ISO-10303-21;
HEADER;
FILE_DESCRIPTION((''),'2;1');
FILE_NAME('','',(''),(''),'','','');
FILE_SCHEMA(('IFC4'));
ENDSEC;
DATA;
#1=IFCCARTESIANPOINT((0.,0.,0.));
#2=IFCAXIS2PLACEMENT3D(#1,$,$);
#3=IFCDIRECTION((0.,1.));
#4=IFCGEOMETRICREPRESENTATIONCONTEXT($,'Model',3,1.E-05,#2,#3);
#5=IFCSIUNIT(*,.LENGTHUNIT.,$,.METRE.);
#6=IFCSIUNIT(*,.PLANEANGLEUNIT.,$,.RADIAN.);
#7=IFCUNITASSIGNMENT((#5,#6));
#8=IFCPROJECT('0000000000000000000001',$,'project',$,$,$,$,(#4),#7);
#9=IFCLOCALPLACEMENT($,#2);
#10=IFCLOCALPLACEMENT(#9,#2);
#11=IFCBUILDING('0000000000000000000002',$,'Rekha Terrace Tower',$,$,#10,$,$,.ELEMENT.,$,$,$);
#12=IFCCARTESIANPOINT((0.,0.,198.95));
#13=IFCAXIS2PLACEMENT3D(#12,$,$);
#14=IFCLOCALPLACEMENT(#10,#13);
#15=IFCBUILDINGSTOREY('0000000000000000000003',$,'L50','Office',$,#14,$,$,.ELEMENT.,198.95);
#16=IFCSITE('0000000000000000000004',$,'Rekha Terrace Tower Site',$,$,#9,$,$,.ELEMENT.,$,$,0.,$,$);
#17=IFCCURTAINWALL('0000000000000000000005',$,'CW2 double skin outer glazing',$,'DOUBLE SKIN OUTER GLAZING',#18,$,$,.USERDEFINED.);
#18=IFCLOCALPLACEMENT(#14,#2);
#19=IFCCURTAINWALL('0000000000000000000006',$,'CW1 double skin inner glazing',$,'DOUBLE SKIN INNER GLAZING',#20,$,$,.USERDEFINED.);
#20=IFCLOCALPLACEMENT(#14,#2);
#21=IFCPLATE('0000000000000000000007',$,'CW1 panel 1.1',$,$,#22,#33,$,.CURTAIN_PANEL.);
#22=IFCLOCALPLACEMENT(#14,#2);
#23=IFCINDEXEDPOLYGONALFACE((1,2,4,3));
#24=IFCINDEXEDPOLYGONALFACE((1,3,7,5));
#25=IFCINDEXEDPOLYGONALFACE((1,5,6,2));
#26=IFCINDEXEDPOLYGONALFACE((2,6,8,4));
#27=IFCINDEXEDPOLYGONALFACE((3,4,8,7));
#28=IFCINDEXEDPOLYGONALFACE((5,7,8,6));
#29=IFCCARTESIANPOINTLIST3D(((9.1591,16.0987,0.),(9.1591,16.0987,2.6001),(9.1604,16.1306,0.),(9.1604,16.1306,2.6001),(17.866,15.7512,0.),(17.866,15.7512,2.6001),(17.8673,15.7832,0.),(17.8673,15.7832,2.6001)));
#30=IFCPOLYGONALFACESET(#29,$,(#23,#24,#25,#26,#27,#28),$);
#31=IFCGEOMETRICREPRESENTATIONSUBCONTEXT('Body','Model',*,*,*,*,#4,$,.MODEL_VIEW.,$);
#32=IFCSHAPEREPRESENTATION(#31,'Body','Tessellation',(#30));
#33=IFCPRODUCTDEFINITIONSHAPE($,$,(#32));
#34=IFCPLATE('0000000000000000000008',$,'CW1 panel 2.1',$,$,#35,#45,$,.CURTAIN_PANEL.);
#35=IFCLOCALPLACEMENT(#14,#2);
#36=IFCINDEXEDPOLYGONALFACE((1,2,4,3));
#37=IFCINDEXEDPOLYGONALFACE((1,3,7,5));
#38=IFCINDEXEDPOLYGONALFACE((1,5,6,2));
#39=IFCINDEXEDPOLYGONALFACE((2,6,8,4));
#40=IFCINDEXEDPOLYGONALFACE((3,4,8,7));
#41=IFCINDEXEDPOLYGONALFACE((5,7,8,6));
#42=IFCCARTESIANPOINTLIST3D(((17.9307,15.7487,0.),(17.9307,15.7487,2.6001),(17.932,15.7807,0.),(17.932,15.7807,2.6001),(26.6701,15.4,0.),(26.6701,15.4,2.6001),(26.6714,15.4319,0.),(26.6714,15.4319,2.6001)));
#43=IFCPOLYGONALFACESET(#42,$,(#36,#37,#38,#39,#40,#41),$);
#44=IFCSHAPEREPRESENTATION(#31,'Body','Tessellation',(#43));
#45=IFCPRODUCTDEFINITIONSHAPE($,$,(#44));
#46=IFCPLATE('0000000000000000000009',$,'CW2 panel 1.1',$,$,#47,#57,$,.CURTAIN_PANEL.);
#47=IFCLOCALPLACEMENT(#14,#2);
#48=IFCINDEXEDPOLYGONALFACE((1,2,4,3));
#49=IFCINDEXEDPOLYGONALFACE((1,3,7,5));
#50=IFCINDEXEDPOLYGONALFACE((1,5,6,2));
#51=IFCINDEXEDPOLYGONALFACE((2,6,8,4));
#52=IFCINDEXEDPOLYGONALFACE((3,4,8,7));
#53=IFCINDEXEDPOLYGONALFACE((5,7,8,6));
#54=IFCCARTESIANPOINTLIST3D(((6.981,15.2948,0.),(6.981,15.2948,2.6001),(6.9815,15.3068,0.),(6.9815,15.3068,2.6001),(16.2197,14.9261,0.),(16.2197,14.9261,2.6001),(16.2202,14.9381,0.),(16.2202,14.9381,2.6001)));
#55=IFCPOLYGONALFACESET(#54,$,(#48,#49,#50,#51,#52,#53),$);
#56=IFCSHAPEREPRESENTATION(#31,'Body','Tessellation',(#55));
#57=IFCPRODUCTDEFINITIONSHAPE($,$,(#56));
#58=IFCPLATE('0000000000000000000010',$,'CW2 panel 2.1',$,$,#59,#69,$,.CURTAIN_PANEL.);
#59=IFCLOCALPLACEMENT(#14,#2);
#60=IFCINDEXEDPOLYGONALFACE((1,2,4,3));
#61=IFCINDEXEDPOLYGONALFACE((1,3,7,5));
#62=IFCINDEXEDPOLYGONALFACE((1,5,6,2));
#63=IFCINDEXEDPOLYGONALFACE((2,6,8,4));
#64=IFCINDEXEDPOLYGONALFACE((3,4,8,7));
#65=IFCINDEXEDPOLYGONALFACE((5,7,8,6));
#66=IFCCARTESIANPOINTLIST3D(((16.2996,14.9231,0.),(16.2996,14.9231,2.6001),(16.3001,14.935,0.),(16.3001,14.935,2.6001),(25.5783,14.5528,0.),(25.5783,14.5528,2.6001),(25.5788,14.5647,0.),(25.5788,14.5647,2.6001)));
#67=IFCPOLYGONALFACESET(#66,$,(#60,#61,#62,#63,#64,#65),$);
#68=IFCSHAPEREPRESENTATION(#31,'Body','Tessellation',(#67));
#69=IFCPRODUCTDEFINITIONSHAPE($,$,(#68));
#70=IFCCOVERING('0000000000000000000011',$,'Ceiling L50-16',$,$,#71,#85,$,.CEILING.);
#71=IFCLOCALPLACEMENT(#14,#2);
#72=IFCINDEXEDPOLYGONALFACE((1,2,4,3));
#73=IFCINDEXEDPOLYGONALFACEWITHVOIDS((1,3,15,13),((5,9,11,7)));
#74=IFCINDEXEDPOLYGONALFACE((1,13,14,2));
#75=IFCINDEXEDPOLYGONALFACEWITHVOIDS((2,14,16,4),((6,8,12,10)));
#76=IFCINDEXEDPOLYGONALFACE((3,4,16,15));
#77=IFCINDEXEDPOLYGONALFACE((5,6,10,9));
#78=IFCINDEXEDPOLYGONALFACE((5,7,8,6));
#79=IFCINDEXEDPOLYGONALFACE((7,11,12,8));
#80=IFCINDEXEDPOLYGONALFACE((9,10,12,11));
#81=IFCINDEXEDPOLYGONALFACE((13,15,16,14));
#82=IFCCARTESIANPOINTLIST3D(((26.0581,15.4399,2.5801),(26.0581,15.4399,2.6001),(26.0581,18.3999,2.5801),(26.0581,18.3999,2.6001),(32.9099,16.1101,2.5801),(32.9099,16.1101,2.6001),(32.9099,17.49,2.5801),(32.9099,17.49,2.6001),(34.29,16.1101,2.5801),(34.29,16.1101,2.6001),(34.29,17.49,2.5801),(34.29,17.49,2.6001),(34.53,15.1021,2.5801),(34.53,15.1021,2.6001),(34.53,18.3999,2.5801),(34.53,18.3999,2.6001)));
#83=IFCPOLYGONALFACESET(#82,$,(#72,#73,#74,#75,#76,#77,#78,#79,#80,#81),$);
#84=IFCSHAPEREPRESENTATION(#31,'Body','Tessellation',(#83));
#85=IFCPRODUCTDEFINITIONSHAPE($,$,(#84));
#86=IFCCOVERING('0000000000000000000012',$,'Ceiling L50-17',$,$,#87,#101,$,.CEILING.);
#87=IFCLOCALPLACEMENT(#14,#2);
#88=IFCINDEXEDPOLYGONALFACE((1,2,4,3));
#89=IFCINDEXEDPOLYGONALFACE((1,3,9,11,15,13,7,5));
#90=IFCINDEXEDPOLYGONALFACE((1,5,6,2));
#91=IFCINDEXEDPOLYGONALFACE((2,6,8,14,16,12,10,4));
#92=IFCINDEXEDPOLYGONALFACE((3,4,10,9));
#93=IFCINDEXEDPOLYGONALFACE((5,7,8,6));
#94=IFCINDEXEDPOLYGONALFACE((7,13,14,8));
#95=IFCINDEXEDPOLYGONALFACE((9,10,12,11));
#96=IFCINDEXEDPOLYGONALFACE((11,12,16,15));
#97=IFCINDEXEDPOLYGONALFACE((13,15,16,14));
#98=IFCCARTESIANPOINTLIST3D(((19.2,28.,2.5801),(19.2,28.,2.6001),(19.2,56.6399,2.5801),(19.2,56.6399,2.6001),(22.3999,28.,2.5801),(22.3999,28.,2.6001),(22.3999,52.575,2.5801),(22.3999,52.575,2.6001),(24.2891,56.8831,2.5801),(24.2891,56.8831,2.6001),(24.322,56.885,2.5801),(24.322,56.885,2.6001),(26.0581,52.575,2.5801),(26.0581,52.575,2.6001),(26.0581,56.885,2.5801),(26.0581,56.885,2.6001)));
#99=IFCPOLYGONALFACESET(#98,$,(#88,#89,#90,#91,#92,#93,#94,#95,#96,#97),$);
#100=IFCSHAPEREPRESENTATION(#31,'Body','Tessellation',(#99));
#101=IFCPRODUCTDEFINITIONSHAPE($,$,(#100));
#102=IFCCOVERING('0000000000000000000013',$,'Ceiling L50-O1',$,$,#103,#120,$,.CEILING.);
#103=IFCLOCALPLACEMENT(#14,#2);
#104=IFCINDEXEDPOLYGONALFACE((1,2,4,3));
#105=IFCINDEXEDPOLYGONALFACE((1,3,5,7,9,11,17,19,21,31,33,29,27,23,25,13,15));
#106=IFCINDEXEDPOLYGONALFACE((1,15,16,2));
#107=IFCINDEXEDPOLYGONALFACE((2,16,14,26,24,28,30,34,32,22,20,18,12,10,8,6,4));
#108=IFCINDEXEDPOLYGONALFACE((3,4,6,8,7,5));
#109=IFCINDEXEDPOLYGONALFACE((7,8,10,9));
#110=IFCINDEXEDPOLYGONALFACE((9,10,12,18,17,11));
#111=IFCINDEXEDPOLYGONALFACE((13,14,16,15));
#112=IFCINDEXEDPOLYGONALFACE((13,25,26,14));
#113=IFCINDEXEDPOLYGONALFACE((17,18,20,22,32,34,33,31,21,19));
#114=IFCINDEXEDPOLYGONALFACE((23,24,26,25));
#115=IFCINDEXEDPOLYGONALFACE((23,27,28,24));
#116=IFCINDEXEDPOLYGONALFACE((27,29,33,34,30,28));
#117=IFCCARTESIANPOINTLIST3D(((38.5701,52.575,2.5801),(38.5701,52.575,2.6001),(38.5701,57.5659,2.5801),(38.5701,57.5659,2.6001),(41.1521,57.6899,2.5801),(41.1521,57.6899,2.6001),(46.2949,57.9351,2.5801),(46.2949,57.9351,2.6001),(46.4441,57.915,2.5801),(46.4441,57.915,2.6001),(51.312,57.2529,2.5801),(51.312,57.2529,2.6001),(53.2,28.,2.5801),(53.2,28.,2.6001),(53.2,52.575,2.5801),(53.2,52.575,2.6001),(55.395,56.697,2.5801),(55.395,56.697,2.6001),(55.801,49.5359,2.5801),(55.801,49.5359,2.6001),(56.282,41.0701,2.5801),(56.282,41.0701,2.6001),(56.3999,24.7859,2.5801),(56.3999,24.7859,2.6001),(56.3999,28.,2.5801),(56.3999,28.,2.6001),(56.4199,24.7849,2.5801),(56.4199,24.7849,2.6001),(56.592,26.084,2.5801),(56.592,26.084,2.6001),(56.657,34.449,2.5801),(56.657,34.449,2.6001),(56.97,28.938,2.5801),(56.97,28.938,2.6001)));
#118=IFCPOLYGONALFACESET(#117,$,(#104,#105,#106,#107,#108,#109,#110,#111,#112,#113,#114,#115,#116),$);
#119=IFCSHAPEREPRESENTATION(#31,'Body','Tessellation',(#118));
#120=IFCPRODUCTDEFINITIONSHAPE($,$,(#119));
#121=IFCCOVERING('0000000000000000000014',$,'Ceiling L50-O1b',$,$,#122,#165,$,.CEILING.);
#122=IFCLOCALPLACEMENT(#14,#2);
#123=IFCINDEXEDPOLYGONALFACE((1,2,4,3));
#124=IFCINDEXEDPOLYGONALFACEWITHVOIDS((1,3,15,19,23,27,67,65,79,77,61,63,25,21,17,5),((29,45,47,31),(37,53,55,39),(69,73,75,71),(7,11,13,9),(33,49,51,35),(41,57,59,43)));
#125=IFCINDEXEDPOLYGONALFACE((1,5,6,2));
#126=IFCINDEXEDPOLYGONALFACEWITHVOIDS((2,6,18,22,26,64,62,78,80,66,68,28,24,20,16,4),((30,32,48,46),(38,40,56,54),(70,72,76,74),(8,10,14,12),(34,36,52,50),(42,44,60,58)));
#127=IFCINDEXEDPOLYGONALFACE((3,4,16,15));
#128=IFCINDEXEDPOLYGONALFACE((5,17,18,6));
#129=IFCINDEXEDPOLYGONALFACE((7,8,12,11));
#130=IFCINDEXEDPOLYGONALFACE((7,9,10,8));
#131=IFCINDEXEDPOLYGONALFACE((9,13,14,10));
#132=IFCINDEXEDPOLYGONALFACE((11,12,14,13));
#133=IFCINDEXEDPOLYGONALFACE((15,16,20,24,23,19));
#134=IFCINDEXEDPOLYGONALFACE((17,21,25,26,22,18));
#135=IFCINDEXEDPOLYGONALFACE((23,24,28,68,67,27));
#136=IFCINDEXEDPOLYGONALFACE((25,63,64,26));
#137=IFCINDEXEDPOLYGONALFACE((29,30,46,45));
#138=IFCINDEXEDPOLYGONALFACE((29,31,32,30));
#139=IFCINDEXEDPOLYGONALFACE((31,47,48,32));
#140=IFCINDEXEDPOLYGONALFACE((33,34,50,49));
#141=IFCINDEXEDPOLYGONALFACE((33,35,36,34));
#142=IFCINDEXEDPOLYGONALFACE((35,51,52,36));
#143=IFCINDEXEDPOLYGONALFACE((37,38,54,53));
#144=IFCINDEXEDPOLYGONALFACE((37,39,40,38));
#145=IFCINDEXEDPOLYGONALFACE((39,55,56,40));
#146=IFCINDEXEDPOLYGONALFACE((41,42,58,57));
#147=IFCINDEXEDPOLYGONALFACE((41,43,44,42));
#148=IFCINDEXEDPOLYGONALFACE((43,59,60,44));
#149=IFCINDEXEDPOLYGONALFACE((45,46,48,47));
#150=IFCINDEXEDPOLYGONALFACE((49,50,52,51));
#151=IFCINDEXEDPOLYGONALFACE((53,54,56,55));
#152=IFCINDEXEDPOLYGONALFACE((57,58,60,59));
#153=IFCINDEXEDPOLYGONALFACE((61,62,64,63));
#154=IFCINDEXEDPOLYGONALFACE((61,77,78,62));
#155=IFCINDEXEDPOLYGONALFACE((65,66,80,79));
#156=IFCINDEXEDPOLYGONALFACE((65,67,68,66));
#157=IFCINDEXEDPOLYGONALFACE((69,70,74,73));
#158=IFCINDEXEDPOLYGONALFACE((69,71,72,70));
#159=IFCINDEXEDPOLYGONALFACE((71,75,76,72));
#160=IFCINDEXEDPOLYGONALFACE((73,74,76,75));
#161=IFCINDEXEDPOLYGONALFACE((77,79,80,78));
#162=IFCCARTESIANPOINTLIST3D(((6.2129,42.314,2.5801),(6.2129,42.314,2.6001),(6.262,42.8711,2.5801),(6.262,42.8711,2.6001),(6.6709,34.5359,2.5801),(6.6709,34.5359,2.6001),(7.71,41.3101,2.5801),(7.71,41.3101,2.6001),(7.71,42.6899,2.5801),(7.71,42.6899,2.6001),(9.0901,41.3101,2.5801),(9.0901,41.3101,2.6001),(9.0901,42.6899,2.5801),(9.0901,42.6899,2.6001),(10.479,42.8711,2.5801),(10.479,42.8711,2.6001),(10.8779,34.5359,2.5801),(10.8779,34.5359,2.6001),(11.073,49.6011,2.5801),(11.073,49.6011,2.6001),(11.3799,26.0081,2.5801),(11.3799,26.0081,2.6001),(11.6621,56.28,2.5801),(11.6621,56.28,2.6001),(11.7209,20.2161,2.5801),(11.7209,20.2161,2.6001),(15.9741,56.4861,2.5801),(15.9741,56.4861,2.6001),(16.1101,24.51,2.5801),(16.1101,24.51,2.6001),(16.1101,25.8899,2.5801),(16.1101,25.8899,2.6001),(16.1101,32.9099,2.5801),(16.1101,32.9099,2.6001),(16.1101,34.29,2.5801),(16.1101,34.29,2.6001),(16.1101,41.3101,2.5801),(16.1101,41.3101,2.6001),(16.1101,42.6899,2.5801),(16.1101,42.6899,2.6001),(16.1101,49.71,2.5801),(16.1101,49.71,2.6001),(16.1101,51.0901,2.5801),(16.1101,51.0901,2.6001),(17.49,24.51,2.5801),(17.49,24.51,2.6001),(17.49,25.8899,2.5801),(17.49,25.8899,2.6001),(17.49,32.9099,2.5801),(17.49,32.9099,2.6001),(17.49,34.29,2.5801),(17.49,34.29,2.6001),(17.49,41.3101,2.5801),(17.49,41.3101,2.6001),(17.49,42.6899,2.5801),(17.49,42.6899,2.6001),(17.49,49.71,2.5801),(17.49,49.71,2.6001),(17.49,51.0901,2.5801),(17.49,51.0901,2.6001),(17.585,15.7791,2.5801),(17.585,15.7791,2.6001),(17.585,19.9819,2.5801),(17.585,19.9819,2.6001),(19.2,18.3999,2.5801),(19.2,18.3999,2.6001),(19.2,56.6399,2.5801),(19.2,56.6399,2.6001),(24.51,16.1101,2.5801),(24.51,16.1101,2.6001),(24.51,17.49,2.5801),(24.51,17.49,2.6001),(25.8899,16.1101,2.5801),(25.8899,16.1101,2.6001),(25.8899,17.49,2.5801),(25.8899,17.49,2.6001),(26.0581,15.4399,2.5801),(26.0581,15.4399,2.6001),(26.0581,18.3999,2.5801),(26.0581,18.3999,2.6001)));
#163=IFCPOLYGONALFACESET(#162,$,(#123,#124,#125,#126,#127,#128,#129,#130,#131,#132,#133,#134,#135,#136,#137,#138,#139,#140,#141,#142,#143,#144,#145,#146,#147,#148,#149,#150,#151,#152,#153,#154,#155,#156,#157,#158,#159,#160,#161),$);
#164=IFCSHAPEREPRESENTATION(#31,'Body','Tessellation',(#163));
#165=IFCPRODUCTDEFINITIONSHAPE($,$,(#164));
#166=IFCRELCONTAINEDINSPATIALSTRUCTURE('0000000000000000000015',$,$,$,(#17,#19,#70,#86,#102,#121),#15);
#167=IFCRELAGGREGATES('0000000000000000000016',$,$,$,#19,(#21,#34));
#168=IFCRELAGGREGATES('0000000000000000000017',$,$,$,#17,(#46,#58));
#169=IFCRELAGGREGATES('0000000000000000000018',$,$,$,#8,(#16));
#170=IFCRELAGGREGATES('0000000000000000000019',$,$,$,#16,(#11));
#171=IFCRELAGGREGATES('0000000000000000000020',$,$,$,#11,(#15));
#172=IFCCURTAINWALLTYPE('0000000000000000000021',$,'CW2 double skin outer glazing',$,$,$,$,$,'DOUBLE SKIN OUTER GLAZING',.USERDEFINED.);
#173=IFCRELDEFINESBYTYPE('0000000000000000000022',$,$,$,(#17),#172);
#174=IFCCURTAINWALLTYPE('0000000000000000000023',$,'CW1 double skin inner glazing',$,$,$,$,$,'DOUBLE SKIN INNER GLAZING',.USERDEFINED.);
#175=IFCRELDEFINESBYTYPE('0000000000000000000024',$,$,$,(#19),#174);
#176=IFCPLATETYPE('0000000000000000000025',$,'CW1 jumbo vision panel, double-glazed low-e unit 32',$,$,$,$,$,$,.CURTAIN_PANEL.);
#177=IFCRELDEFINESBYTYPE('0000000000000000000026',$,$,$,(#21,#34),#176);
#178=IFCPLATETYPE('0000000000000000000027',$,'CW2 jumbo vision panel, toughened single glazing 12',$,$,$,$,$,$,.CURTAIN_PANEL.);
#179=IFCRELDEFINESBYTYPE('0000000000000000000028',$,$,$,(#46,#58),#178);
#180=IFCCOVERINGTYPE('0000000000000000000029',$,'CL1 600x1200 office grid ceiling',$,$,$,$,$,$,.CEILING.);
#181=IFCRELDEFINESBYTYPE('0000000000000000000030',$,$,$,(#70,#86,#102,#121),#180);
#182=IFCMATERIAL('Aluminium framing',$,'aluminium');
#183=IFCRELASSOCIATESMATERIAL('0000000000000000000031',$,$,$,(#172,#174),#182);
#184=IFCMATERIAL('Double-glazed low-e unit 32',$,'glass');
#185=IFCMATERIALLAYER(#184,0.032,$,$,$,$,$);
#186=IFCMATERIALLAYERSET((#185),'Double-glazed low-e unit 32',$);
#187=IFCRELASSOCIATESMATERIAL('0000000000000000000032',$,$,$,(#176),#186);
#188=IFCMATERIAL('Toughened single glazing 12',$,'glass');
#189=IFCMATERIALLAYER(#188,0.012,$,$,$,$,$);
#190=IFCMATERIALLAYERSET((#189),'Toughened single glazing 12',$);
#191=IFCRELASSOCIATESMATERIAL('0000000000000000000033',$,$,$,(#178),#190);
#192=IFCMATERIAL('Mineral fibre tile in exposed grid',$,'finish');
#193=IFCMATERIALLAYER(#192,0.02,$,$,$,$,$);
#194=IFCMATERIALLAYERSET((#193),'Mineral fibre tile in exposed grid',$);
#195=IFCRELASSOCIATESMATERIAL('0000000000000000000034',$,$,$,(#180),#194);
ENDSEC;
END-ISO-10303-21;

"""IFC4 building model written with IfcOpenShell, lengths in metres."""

from ifc_helpers import new_model, si_unit, direction, frame, origin, origin_2d, place, context, subcontext, project, spatial, polyline, rectangle, outline, extrude, material, layer, layer_set, type_object, element, aggregate, save


model = new_model("IFC4")

# Units and contexts
model_context = context("Model", 3, precision=1e-05, world=origin(), true_north=direction((0.0, 1.0)))
body_context = subcontext(model_context, "Body", "Model", "MODEL_VIEW")
ifc_project = project(units=[si_unit("LENGTHUNIT", "METRE"), si_unit("PLANEANGLEUNIT", "RADIAN")], contexts=[model_context])

# Site, building, storey
site_placement = place(None, origin())
site = spatial("IfcSite", under=ifc_project, at=site_placement, Name="Rekha Terrace Tower Site", CompositionType="ELEMENT", RefElevation=0.0)
building_placement = place(site_placement, origin())
building = spatial("IfcBuilding", under=site, at=building_placement, Name="Rekha Terrace Tower", CompositionType="ELEMENT")
storey_placement = place(building_placement, frame((0.0, 0.0, 198.95)))
storey = spatial("IfcBuildingStorey", under=building, at=storey_placement, Name="L50", Description="Office", CompositionType="ELEMENT", Elevation=198.95)

# Curtain walls
ifc_material_1 = material(Name="Aluminium framing", Category="aluminium")
curtain_wall_type_1 = type_object("IfcCurtainWallType", Name="CW2 double skin outer glazing", ElementType="DOUBLE SKIN OUTER GLAZING", PredefinedType="USERDEFINED", material=ifc_material_1)
curtain_wall_1_placement = place(storey_placement, origin())
curtain_wall_1 = element("IfcCurtainWall", 1, at=curtain_wall_1_placement, inside=storey, type_object=curtain_wall_type_1, Name="CW2 double skin outer glazing", ObjectType="DOUBLE SKIN OUTER GLAZING", PredefinedType="USERDEFINED")
curtain_wall_type_2 = type_object("IfcCurtainWallType", Name="CW1 double skin inner glazing", ElementType="DOUBLE SKIN INNER GLAZING", PredefinedType="USERDEFINED", material=ifc_material_1)
curtain_wall_2_placement = place(storey_placement, origin())
curtain_wall_2 = element("IfcCurtainWall", 2, at=curtain_wall_2_placement, inside=storey, type_object=curtain_wall_type_2, Name="CW1 double skin inner glazing", ObjectType="DOUBLE SKIN INNER GLAZING", PredefinedType="USERDEFINED")

# Plates
ifc_material_2 = material(Name="Double-glazed low-e unit 32", Category="glass")
ifc_layer_1 = layer(ifc_material_2, 0.032)
ifc_layer_set_1 = layer_set([ifc_layer_1], Name="Double-glazed low-e unit 32")
plate_type_1 = type_object("IfcPlateType", Name="CW1 jumbo vision panel, double-glazed low-e unit 32", PredefinedType="CURTAIN_PANEL", material=ifc_layer_set_1)
plate_1_placement = place(storey_placement, frame((13.5132, 15.9409, 0.0), z_axis=(0.0, 0.0, 1.0), x_axis=(0.999205, -0.039872, 0.0)))
plate_1 = element("IfcPlate", 3, at=plate_1_placement, type_object=plate_type_1, Name="CW1 panel 1.1", PredefinedType="CURTAIN_PANEL", context=body_context, shape_type="SweptSolid", body=[
    extrude(rectangle(XDim=8.7139, YDim=0.032, at=origin_2d()), origin(), (0.0, 0.0, 1.0), 2.6001),
])
plate_2_placement = place(storey_placement, frame((22.301, 15.5903, 0.0), z_axis=(0.0, 0.0, 1.0), x_axis=(0.999205, -0.039872, 0.0)))
plate_2 = element("IfcPlate", 4, at=plate_2_placement, type_object=plate_type_1, Name="CW1 panel 2.1", PredefinedType="CURTAIN_PANEL", context=body_context, shape_type="SweptSolid", body=[
    extrude(rectangle(XDim=8.7463, YDim=0.032, at=origin_2d()), origin(), (0.0, 0.0, 1.0), 2.6001),
])
aggregate(curtain_wall_2, [plate_1, plate_2])
ifc_material_3 = material(Name="Toughened single glazing 12", Category="glass")
ifc_layer_2 = layer(ifc_material_3, 0.012)
ifc_layer_set_2 = layer_set([ifc_layer_2], Name="Toughened single glazing 12")
plate_type_2 = type_object("IfcPlateType", Name="CW2 jumbo vision panel, toughened single glazing 12", PredefinedType="CURTAIN_PANEL", material=ifc_layer_set_2)
plate_3_placement = place(storey_placement, frame((11.6006, 15.1165, 0.0), z_axis=(0.0, 0.0, 1.0), x_axis=(0.999205, -0.039872, 0.0)))
plate_3 = element("IfcPlate", 5, at=plate_3_placement, type_object=plate_type_2, Name="CW2 panel 1.1", PredefinedType="CURTAIN_PANEL", context=body_context, shape_type="SweptSolid", body=[
    extrude(rectangle(XDim=9.2461, YDim=0.012, at=origin_2d()), origin(), (0.0, 0.0, 1.0), 2.6001),
])
plate_4_placement = place(storey_placement, frame((20.9392, 14.7439, 0.0), z_axis=(0.0, 0.0, 1.0), x_axis=(0.999205, -0.039872, 0.0)))
plate_4 = element("IfcPlate", 6, at=plate_4_placement, type_object=plate_type_2, Name="CW2 panel 2.1", PredefinedType="CURTAIN_PANEL", context=body_context, shape_type="SweptSolid", body=[
    extrude(rectangle(XDim=9.2861, YDim=0.012, at=origin_2d()), origin(), (0.0, 0.0, 1.0), 2.6001),
])
aggregate(curtain_wall_1, [plate_3, plate_4])

# Coverings
ifc_material_4 = material(Name="Mineral fibre tile in exposed grid", Category="finish")
ifc_layer_3 = layer(ifc_material_4, 0.02)
ifc_layer_set_3 = layer_set([ifc_layer_3], Name="Mineral fibre tile in exposed grid")
covering_type_1 = type_object("IfcCoveringType", Name="CL1 600x1200 office grid ceiling", PredefinedType="CEILING", material=ifc_layer_set_3)
covering_1_placement = place(storey_placement, frame((0.0, 0.0, 2.5801)))
element("IfcCovering", 7, at=covering_1_placement, inside=storey, type_object=covering_type_1, Name="Ceiling L50-16", PredefinedType="CEILING", context=body_context, shape_type="SweptSolid", body=[
    extrude(outline(polyline([(26.0581, 18.3999), (26.0581, 15.4399), (34.53, 15.1021), (34.53, 18.3999), (26.0581, 18.3999)]), holes=[polyline([(34.29, 16.1101), (32.9099, 16.1101), (32.9099, 17.49), (34.29, 17.49), (34.29, 16.1101)])]), origin(), (0.0, 0.0, 1.0), 0.02),
])
covering_2_placement = place(storey_placement, frame((0.0, 0.0, 2.5801)))
element("IfcCovering", 8, at=covering_2_placement, inside=storey, type_object=covering_type_1, Name="Ceiling L50-17", PredefinedType="CEILING", context=body_context, shape_type="SweptSolid", body=[
    extrude(outline(polyline([(26.0581, 52.575), (26.0581, 56.885), (24.322, 56.885), (24.2891, 56.8831), (19.2, 56.6399), (19.2, 28.0), (22.3999, 28.0), (22.3999, 52.575), (26.0581, 52.575)])), origin(), (0.0, 0.0, 1.0), 0.02),
])
covering_3_placement = place(storey_placement, frame((0.0, 0.0, 2.5801)))
element("IfcCovering", 9, at=covering_3_placement, inside=storey, type_object=covering_type_1, Name="Ceiling L50-O1", PredefinedType="CEILING", context=body_context, shape_type="SweptSolid", body=[
    extrude(outline(polyline([(46.2949, 57.9351), (41.1521, 57.6899), (38.5701, 57.5659), (38.5701, 52.575), (53.2, 52.575), (53.2, 28.0), (56.3999, 28.0), (56.3999, 24.7859), (56.4199, 24.7849), (56.592, 26.084), (56.97, 28.938), (56.657, 34.449), (56.282, 41.0701), (55.801, 49.5359), (55.395, 56.697), (51.312, 57.2529), (46.4441, 57.915), (46.2949, 57.9351)])), origin(), (0.0, 0.0, 1.0), 0.02),
])
covering_4_placement = place(storey_placement, frame((0.0, 0.0, 2.5801)))
element("IfcCovering", 10, at=covering_4_placement, inside=storey, type_object=covering_type_1, Name="Ceiling L50-O1b", PredefinedType="CEILING", context=body_context, shape_type="SweptSolid", body=[
    extrude(outline(polyline([(11.6621, 56.28), (11.073, 49.6011), (10.479, 42.8711), (6.262, 42.8711), (6.2129, 42.314), (6.6709, 34.5359), (10.8779, 34.5359), (11.3799, 26.0081), (11.7209, 20.2161), (17.585, 19.9819), (17.585, 15.7791), (26.0581, 15.4399), (26.0581, 18.3999), (19.2, 18.3999), (19.2, 56.6399), (15.9741, 56.4861), (11.6621, 56.28)]), holes=[polyline([(25.8899, 17.49), (25.8899, 16.1101), (24.51, 16.1101), (24.51, 17.49), (25.8899, 17.49)]), polyline([(17.49, 24.51), (16.1101, 24.51), (16.1101, 25.8899), (17.49, 25.8899), (17.49, 24.51)]), polyline([(17.49, 32.9099), (16.1101, 32.9099), (16.1101, 34.29), (17.49, 34.29), (17.49, 32.9099)]), polyline([(17.49, 42.6899), (17.49, 41.3101), (16.1101, 41.3101), (16.1101, 42.6899), (17.49, 42.6899)]), polyline([(17.49, 51.0901), (17.49, 49.71), (16.1101, 49.71), (16.1101, 51.0901), (17.49, 51.0901)]), polyline([(9.0901, 41.3101), (7.71, 41.3101), (7.71, 42.6899), (9.0901, 42.6899), (9.0901, 41.3101)])]), origin(), (0.0, 0.0, 1.0), 0.02),
])

save(model, "model.ifc")
